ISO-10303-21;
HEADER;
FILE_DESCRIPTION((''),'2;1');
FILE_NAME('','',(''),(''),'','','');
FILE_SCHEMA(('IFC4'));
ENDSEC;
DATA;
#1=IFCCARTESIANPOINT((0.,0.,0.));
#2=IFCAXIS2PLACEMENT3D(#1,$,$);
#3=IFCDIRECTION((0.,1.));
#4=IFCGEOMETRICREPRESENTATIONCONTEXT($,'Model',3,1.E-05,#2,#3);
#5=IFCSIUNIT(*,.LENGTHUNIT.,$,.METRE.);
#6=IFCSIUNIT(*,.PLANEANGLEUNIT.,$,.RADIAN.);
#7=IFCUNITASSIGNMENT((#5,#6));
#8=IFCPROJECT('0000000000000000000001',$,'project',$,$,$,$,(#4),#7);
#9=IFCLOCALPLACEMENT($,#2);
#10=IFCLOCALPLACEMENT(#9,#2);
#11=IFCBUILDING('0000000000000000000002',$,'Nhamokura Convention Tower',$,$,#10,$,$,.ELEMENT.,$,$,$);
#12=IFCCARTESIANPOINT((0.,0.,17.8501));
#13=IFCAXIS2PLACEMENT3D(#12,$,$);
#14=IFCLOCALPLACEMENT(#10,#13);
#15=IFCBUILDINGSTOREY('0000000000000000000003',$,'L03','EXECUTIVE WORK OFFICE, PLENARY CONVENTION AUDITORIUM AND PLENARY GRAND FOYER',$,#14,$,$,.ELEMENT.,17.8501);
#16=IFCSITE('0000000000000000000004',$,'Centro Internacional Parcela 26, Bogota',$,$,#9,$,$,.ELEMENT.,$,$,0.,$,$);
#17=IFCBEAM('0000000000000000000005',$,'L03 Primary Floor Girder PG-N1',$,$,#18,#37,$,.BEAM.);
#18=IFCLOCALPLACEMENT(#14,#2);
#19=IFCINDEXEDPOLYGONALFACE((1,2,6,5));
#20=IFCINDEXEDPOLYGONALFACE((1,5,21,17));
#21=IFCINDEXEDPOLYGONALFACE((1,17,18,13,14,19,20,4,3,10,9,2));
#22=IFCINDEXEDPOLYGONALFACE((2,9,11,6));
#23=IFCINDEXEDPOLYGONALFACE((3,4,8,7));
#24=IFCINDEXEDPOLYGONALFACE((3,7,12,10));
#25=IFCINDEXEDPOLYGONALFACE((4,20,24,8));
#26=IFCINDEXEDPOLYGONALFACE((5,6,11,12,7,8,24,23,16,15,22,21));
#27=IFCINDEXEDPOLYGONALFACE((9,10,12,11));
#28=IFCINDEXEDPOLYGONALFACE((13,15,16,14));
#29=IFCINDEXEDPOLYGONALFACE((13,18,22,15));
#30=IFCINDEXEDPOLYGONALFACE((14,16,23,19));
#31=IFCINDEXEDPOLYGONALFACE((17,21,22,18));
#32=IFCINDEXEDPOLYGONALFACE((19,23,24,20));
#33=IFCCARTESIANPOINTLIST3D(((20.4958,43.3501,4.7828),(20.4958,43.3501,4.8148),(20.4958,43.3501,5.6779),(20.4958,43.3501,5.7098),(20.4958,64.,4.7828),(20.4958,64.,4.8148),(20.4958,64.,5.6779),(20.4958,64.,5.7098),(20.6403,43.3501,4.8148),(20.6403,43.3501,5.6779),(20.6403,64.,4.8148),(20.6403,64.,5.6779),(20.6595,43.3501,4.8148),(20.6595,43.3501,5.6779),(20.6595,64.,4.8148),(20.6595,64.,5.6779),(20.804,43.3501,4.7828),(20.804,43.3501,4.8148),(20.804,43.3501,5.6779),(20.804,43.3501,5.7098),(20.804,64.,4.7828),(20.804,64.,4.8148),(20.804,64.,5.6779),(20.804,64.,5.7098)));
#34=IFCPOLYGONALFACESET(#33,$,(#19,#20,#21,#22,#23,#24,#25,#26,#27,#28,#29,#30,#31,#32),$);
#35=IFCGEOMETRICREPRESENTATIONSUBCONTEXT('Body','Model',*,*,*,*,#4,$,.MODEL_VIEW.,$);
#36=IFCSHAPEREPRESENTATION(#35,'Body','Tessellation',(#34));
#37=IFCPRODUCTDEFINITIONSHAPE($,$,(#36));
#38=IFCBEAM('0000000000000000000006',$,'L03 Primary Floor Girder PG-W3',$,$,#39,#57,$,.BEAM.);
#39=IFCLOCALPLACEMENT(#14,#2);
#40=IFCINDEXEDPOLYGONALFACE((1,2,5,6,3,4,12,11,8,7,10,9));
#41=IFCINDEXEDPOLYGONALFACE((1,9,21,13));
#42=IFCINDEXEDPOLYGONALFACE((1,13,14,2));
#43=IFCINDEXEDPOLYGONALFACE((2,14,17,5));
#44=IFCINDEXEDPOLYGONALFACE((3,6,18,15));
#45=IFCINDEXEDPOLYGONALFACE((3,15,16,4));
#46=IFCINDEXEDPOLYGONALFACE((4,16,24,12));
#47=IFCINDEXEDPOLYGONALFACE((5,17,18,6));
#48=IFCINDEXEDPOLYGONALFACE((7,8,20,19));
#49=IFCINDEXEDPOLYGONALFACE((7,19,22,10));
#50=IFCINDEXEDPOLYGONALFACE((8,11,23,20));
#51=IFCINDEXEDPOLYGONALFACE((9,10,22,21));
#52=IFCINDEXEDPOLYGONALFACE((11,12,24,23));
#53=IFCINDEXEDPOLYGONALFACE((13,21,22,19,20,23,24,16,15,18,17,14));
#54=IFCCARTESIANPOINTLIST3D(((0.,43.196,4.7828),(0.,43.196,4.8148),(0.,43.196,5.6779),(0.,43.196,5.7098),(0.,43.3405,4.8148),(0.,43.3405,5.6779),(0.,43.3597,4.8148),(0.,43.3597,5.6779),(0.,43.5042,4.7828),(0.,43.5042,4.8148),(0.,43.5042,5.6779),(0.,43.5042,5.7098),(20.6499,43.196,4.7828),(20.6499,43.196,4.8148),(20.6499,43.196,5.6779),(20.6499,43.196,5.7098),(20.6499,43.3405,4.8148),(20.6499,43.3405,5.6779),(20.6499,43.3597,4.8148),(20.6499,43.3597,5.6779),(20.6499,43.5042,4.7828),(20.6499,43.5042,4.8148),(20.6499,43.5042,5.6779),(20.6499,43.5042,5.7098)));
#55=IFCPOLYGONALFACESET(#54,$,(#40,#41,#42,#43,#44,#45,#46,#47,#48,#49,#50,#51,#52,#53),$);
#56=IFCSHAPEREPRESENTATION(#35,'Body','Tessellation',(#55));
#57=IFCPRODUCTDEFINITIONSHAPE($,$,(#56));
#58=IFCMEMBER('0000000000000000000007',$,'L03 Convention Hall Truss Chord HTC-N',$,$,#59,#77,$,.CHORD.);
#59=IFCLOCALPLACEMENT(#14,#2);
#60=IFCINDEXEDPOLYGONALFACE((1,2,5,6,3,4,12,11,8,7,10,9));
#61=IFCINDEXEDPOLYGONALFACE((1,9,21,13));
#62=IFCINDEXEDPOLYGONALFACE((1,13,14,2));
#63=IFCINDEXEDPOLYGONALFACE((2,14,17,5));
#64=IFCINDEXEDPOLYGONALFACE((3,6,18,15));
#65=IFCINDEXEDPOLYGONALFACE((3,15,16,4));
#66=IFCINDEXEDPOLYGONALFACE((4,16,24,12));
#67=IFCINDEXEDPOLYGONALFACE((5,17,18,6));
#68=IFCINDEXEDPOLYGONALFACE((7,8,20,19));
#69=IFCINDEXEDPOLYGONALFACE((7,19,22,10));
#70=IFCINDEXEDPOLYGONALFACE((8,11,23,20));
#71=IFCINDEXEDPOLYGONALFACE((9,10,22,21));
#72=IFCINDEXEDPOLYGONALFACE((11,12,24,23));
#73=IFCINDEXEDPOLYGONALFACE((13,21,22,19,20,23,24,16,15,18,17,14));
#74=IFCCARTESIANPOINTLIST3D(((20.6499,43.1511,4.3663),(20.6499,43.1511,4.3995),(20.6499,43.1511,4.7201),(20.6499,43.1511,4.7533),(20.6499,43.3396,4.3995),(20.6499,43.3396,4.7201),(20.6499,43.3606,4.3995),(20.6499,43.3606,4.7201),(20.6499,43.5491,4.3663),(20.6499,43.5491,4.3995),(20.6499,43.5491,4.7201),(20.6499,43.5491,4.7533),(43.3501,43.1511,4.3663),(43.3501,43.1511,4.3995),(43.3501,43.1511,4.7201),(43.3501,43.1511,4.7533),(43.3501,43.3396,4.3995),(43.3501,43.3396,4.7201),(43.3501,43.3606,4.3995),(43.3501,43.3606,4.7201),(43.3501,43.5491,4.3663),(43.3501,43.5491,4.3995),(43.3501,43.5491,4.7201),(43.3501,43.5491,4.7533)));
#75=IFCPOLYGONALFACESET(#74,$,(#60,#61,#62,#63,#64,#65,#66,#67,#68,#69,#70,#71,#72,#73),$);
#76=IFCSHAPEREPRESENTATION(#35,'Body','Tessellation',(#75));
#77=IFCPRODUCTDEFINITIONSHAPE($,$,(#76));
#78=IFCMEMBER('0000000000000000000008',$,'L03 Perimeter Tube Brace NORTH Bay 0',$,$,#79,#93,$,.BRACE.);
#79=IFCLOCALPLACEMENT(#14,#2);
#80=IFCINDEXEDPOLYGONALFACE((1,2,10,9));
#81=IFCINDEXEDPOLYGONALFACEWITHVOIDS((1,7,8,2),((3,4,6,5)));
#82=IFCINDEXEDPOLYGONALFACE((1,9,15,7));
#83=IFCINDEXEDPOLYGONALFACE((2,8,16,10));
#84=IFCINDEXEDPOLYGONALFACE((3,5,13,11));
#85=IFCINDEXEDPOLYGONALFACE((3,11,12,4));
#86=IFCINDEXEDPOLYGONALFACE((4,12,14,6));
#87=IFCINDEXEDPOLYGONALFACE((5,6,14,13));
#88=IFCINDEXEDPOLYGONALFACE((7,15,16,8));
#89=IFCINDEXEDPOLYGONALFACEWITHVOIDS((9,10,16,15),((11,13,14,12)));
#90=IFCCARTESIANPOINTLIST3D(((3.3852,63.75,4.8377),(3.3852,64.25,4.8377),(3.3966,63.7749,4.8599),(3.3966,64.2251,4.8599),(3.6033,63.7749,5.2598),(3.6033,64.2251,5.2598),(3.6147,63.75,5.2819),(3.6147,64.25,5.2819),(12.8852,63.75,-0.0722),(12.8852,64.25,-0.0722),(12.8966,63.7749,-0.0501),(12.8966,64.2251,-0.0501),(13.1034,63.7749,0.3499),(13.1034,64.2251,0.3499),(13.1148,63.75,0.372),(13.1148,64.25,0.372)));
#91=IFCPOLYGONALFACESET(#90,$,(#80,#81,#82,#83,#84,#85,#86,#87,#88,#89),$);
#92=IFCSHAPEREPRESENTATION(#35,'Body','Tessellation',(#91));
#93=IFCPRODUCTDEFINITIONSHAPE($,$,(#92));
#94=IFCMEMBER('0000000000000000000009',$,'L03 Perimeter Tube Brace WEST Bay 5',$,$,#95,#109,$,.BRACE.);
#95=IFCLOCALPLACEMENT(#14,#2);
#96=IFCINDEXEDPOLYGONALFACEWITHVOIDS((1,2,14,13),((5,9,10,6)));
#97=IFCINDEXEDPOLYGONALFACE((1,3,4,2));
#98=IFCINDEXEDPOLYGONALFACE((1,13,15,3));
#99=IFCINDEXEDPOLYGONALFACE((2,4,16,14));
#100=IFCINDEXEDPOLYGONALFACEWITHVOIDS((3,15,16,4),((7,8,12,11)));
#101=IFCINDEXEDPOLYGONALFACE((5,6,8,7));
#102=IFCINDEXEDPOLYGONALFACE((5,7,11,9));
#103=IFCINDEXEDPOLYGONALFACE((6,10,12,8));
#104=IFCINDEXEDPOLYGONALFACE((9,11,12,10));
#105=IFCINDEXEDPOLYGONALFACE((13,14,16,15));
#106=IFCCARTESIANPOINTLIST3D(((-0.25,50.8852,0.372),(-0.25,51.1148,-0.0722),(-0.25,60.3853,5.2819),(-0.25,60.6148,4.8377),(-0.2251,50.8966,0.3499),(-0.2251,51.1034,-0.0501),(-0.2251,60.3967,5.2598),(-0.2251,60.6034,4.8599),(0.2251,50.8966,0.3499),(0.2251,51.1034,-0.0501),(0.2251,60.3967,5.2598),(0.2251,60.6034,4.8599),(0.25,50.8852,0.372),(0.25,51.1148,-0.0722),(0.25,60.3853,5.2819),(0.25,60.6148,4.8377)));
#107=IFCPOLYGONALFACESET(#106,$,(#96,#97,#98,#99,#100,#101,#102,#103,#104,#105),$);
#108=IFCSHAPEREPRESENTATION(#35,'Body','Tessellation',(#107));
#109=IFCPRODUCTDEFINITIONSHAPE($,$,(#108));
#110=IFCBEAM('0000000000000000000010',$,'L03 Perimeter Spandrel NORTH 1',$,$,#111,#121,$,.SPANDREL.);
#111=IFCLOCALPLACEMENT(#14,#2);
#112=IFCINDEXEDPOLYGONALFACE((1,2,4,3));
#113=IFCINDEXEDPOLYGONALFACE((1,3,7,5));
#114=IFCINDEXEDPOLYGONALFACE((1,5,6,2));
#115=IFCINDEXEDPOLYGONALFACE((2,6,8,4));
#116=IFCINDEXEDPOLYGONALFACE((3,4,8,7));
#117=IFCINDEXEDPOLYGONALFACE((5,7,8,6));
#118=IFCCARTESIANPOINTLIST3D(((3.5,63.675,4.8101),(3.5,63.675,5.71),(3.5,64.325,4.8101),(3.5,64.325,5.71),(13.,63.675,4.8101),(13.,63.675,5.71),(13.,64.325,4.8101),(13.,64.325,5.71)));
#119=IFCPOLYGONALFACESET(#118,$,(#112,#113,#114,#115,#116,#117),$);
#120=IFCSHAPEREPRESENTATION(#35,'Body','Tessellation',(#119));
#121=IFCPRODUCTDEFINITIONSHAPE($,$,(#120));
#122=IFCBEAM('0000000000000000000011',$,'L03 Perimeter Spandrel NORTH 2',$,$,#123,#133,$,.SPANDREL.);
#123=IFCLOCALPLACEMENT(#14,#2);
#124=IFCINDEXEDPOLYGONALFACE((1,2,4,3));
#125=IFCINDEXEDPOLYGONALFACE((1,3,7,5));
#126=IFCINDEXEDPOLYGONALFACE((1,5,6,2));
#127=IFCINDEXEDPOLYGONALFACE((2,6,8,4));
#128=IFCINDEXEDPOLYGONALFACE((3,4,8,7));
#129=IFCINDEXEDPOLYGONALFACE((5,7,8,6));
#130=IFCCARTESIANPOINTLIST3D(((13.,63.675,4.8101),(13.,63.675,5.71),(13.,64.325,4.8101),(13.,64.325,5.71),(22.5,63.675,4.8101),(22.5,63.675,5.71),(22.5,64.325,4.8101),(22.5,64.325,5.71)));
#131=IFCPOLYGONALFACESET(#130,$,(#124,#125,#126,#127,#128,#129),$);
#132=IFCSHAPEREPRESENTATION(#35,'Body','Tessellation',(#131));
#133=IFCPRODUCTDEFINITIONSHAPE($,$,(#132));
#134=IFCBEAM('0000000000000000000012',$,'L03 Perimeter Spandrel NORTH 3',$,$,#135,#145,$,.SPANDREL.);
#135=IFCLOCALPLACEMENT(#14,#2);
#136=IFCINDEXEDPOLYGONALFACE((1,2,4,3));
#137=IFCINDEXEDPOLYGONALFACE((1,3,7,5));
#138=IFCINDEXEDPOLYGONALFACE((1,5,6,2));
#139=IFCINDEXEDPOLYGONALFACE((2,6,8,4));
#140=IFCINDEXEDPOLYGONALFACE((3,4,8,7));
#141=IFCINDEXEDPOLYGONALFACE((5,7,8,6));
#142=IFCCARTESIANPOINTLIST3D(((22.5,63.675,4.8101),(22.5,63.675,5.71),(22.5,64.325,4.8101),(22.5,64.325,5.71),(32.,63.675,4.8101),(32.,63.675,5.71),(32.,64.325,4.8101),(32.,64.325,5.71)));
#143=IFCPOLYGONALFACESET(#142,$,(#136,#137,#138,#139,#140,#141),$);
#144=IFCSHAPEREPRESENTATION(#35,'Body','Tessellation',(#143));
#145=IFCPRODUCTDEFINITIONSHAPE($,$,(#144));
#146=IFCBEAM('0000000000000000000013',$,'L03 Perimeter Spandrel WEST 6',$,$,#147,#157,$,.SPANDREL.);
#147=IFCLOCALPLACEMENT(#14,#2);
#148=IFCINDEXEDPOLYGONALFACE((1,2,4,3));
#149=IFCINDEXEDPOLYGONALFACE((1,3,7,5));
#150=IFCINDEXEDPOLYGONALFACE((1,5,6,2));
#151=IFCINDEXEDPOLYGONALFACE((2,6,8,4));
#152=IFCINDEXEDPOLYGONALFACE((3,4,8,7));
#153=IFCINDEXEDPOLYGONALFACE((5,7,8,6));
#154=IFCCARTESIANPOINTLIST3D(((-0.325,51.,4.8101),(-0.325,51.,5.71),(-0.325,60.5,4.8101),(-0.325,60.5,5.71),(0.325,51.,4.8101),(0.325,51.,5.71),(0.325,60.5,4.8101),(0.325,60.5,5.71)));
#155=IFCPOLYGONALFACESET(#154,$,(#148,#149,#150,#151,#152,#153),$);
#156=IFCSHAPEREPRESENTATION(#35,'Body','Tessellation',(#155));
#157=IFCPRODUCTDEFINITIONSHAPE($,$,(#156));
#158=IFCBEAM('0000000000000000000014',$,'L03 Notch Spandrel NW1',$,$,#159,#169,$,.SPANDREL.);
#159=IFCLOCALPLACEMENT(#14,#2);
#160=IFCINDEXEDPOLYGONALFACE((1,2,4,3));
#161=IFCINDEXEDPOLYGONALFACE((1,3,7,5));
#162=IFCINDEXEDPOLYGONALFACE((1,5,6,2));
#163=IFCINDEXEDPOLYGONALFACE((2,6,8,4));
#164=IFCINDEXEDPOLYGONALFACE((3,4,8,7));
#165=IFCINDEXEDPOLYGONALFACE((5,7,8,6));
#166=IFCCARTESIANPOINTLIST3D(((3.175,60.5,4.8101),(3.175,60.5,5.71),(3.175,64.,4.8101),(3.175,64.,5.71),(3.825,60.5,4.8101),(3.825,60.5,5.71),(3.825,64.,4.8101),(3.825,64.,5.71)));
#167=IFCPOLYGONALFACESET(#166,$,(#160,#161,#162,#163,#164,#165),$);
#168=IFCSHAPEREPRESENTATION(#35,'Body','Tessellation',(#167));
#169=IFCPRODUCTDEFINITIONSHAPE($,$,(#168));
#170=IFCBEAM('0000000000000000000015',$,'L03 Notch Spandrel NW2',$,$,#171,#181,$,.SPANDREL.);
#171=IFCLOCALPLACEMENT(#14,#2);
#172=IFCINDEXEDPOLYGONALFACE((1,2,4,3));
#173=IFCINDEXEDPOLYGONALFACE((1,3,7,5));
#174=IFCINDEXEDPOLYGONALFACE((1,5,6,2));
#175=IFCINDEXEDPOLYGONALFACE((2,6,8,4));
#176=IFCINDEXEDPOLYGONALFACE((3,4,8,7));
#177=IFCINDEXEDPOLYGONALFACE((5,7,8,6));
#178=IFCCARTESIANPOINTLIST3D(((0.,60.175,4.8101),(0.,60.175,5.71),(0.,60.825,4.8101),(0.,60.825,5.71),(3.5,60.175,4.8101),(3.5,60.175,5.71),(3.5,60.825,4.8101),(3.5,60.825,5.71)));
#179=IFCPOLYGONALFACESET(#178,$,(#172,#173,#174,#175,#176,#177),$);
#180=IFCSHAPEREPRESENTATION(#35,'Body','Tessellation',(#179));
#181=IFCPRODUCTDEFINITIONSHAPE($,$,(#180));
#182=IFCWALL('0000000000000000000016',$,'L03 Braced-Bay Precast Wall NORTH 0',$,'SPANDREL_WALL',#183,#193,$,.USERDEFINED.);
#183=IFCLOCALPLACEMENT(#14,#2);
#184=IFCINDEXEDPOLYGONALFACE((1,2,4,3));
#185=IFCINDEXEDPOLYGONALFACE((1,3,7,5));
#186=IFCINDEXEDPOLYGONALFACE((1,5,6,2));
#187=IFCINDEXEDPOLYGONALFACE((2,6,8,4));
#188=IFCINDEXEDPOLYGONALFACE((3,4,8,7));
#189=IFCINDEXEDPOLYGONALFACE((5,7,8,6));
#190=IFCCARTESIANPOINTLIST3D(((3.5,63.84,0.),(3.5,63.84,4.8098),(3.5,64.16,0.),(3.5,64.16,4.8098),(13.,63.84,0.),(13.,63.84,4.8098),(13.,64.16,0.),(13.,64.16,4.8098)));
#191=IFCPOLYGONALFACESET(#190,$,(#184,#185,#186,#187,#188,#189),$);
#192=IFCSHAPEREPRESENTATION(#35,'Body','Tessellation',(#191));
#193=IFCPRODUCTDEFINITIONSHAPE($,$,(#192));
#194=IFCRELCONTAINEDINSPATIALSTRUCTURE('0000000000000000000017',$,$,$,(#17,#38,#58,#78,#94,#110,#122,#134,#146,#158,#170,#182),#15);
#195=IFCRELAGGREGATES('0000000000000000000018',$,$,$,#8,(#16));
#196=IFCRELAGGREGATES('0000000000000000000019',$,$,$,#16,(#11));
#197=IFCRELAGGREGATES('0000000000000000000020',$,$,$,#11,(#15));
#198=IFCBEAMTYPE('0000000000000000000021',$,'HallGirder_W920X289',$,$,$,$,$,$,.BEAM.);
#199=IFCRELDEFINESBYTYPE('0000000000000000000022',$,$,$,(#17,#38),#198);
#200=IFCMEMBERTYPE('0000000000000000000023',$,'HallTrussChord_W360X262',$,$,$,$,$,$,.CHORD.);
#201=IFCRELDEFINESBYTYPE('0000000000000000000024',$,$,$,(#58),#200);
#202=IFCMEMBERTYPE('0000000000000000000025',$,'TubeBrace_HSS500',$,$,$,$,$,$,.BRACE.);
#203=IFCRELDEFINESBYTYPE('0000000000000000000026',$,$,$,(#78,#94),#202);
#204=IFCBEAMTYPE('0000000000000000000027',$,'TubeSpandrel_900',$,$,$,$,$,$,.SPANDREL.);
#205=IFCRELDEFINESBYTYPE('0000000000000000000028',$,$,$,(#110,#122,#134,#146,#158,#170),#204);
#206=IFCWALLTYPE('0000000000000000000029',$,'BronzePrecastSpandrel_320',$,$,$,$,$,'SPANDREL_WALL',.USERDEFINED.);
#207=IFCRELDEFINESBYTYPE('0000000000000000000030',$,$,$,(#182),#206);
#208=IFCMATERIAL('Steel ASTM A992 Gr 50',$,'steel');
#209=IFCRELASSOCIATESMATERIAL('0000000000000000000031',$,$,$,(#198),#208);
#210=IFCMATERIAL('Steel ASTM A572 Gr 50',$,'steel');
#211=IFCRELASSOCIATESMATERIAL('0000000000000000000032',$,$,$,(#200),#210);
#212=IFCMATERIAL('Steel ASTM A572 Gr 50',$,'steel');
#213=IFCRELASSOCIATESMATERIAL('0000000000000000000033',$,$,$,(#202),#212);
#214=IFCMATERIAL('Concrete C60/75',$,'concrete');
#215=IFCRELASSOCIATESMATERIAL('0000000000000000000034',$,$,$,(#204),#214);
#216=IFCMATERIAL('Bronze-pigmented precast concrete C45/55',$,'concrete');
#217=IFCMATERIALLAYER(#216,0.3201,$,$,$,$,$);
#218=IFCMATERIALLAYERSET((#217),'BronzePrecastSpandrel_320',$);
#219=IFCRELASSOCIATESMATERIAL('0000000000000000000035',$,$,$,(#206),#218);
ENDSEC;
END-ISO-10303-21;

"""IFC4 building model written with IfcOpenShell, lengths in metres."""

from ifc_helpers import new_model, si_unit, direction, frame, frame_2d, origin, origin_2d, place, context, subcontext, project, spatial, rectangle, hollow_rectangle, i_section, extrude, material, layer, layer_set, material_profile, profile_set, type_object, element, save


model = new_model("IFC4")

# Units and contexts
model_context = context("Model", 3, precision=1e-05, world=origin(), true_north=direction((0.0, 1.0)))
body_context = subcontext(model_context, "Body", "Model", "MODEL_VIEW")
ifc_project = project(units=[si_unit("LENGTHUNIT", "METRE"), si_unit("PLANEANGLEUNIT", "RADIAN")], contexts=[model_context])

# Site, building, storey
site_placement = place(None, origin())
site = spatial("IfcSite", under=ifc_project, at=site_placement, Name="Centro Internacional Parcela 26, Bogota", CompositionType="ELEMENT", RefElevation=0.0)
building_placement = place(site_placement, origin())
building = spatial("IfcBuilding", under=site, at=building_placement, Name="Nhamokura Convention Tower", CompositionType="ELEMENT")
storey_placement = place(building_placement, frame((0.0, 0.0, 17.8501)))
storey = spatial("IfcBuildingStorey", under=building, at=storey_placement, Name="L03", Description="EXECUTIVE WORK OFFICE, PLENARY CONVENTION AUDITORIUM AND PLENARY GRAND FOYER", CompositionType="ELEMENT", Elevation=17.8501)

# Beams
ifc_material_1 = material(Name="Steel ASTM A992 Gr 50", Category="steel")
ifc_material_profile_1 = material_profile(ifc_material_1, i_section(OverallWidth=0.3081, OverallDepth=0.927, WebThickness=0.0193, FlangeThickness=0.032, at=origin_2d()))
ifc_profile_set_1 = profile_set([ifc_material_profile_1], Name="Steel ASTM A992 Gr 50")
beam_type_1 = type_object("IfcBeamType", Name="HallGirder_W920X289", PredefinedType="BEAM", material=ifc_profile_set_1)
for number, where, z_axis, x_axis, name in (
    (1, (20.6499, 43.3501, 5.2463), (0.0, 1.0, 0.0), (-1.0, 0.0, 0.0), "L03 Primary Floor Girder PG-N1"),
    (2, (0.0, 43.3501, 5.2463), (1.0, 0.0, 0.0), (0.0, 1.0, 0.0), "L03 Primary Floor Girder PG-W3"),
):
    element("IfcBeam", number, at=place(storey_placement, frame(where, z_axis=z_axis, x_axis=x_axis)), inside=storey, type_object=beam_type_1, Name=name, PredefinedType="BEAM", context=body_context, shape_type="SweptSolid", body=[
        extrude(i_section(OverallWidth=0.3081, OverallDepth=0.927, WebThickness=0.0193, FlangeThickness=0.032, at=origin_2d()), origin(), (0.0, 0.0, 1.0), 20.6499),
    ])

# Members
ifc_material_2 = material(Name="Steel ASTM A572 Gr 50", Category="steel")
ifc_material_profile_2 = material_profile(ifc_material_2, i_section(OverallWidth=0.3979, OverallDepth=0.387, WebThickness=0.021, FlangeThickness=0.0332, at=origin_2d()))
ifc_profile_set_2 = profile_set([ifc_material_profile_2], Name="Steel ASTM A572 Gr 50")
member_type_1 = type_object("IfcMemberType", Name="HallTrussChord_W360X262", PredefinedType="CHORD", material=ifc_profile_set_2)
member_1_placement = place(storey_placement, frame((20.6499, 43.3501, 4.5598), z_axis=(1.0, 0.0, 0.0), x_axis=(0.0, 1.0, 0.0)))
element("IfcMember", 3, at=member_1_placement, inside=storey, type_object=member_type_1, Name="L03 Convention Hall Truss Chord HTC-N", PredefinedType="CHORD", context=body_context, shape_type="SweptSolid", body=[
    extrude(i_section(OverallWidth=0.3979, OverallDepth=0.387, WebThickness=0.021, FlangeThickness=0.0332, at=origin_2d()), origin(), (0.0, 0.0, 1.0), 22.7002),
])
ifc_material_3 = material(Name="Steel ASTM A572 Gr 50", Category="steel")
ifc_material_profile_3 = material_profile(ifc_material_3, hollow_rectangle(XDim=0.5, YDim=0.5, WallThickness=0.0249, at=origin_2d()))
ifc_profile_set_3 = profile_set([ifc_material_profile_3], Name="Steel ASTM A572 Gr 50")
member_type_2 = type_object("IfcMemberType", Name="TubeBrace_HSS500", PredefinedType="BRACE", material=ifc_profile_set_3)
for number, where, z_axis, x_axis, name in (
    (4, (13.0, 64.0, 0.1499), (-0.888366, 0.0, 0.459137), (0.0, -1.0, 0.0), "L03 Perimeter Tube Brace NORTH Bay 0"),
    (5, (0.0, 51.0, 0.1499), (0.0, 0.888366, 0.459137), (-1.0, 0.0, 0.0), "L03 Perimeter Tube Brace WEST Bay 5"),
):
    element("IfcMember", number, at=place(storey_placement, frame(where, z_axis=z_axis, x_axis=x_axis)), inside=storey, type_object=member_type_2, Name=name, PredefinedType="BRACE", context=body_context, shape_type="SweptSolid", body=[
        extrude(hollow_rectangle(XDim=0.5, YDim=0.5, WallThickness=0.0249, at=origin_2d()), origin(), (0.0, 0.0, 1.0), 10.6938),
    ])

# Beams
ifc_material_4 = material(Name="Concrete C60/75", Category="concrete")
ifc_material_profile_4 = material_profile(ifc_material_4, rectangle(XDim=0.6499, YDim=0.8999, at=origin_2d()))
ifc_profile_set_4 = profile_set([ifc_material_profile_4], Name="Concrete C60/75")
beam_type_2 = type_object("IfcBeamType", Name="TubeSpandrel_900", PredefinedType="SPANDREL", material=ifc_profile_set_4)
for number, where, z_axis, x_axis, name in (
    (6, (3.5, 64.0, 5.26), (1.0, 0.0, 0.0), (0.0, 1.0, 0.0), "L03 Perimeter Spandrel NORTH 1"),
    (7, (13.0, 64.0, 5.26), (1.0, 0.0, 0.0), (0.0, 1.0, 0.0), "L03 Perimeter Spandrel NORTH 2"),
    (8, (22.5, 64.0, 5.26), (1.0, 0.0, 0.0), (0.0, 1.0, 0.0), "L03 Perimeter Spandrel NORTH 3"),
    (9, (0.0, 51.0, 5.26), (0.0, 1.0, 0.0), (-1.0, 0.0, 0.0), "L03 Perimeter Spandrel WEST 6"),
):
    element("IfcBeam", number, at=place(storey_placement, frame(where, z_axis=z_axis, x_axis=x_axis)), inside=storey, type_object=beam_type_2, Name=name, PredefinedType="SPANDREL", context=body_context, shape_type="SweptSolid", body=[
        extrude(rectangle(XDim=0.6499, YDim=0.8999, at=origin_2d()), origin(), (0.0, 0.0, 1.0), 9.5),
    ])
for number, where, z_axis, x_axis, name in (
    (10, (3.5, 64.0, 5.26), (0.0, -1.0, 0.0), (1.0, 0.0, 0.0), "L03 Notch Spandrel NW1"),
    (11, (3.5, 60.5, 5.26), (-1.0, 0.0, 0.0), (0.0, -1.0, 0.0), "L03 Notch Spandrel NW2"),
):
    element("IfcBeam", number, at=place(storey_placement, frame(where, z_axis=z_axis, x_axis=x_axis)), inside=storey, type_object=beam_type_2, Name=name, PredefinedType="SPANDREL", context=body_context, shape_type="SweptSolid", body=[
        extrude(rectangle(XDim=0.6499, YDim=0.8999, at=origin_2d()), origin(), (0.0, 0.0, 1.0), 3.5),
    ])

# Wall
ifc_material_5 = material(Name="Bronze-pigmented precast concrete C45/55", Category="concrete")
ifc_layer_1 = layer(ifc_material_5, 0.3201)
ifc_layer_set_1 = layer_set([ifc_layer_1], Name="BronzePrecastSpandrel_320")
wall_type_1 = type_object("IfcWallType", Name="BronzePrecastSpandrel_320", ElementType="SPANDREL_WALL", PredefinedType="USERDEFINED", material=ifc_layer_set_1)
wall_1_placement = place(storey_placement, frame((3.5, 64.0, 0.0), z_axis=(0.0, 0.0, 1.0), x_axis=(1.0, 0.0, 0.0)))
element("IfcWall", 12, at=wall_1_placement, inside=storey, type_object=wall_type_1, Name="L03 Braced-Bay Precast Wall NORTH 0", ObjectType="SPANDREL_WALL", PredefinedType="USERDEFINED", context=body_context, shape_type="SweptSolid", body=[
    extrude(rectangle(XDim=9.5, YDim=0.3201, at=frame_2d((4.75, 0.0))), origin(), (0.0, 0.0, 1.0), 4.8098),
])

save(model, "model.ifc")
